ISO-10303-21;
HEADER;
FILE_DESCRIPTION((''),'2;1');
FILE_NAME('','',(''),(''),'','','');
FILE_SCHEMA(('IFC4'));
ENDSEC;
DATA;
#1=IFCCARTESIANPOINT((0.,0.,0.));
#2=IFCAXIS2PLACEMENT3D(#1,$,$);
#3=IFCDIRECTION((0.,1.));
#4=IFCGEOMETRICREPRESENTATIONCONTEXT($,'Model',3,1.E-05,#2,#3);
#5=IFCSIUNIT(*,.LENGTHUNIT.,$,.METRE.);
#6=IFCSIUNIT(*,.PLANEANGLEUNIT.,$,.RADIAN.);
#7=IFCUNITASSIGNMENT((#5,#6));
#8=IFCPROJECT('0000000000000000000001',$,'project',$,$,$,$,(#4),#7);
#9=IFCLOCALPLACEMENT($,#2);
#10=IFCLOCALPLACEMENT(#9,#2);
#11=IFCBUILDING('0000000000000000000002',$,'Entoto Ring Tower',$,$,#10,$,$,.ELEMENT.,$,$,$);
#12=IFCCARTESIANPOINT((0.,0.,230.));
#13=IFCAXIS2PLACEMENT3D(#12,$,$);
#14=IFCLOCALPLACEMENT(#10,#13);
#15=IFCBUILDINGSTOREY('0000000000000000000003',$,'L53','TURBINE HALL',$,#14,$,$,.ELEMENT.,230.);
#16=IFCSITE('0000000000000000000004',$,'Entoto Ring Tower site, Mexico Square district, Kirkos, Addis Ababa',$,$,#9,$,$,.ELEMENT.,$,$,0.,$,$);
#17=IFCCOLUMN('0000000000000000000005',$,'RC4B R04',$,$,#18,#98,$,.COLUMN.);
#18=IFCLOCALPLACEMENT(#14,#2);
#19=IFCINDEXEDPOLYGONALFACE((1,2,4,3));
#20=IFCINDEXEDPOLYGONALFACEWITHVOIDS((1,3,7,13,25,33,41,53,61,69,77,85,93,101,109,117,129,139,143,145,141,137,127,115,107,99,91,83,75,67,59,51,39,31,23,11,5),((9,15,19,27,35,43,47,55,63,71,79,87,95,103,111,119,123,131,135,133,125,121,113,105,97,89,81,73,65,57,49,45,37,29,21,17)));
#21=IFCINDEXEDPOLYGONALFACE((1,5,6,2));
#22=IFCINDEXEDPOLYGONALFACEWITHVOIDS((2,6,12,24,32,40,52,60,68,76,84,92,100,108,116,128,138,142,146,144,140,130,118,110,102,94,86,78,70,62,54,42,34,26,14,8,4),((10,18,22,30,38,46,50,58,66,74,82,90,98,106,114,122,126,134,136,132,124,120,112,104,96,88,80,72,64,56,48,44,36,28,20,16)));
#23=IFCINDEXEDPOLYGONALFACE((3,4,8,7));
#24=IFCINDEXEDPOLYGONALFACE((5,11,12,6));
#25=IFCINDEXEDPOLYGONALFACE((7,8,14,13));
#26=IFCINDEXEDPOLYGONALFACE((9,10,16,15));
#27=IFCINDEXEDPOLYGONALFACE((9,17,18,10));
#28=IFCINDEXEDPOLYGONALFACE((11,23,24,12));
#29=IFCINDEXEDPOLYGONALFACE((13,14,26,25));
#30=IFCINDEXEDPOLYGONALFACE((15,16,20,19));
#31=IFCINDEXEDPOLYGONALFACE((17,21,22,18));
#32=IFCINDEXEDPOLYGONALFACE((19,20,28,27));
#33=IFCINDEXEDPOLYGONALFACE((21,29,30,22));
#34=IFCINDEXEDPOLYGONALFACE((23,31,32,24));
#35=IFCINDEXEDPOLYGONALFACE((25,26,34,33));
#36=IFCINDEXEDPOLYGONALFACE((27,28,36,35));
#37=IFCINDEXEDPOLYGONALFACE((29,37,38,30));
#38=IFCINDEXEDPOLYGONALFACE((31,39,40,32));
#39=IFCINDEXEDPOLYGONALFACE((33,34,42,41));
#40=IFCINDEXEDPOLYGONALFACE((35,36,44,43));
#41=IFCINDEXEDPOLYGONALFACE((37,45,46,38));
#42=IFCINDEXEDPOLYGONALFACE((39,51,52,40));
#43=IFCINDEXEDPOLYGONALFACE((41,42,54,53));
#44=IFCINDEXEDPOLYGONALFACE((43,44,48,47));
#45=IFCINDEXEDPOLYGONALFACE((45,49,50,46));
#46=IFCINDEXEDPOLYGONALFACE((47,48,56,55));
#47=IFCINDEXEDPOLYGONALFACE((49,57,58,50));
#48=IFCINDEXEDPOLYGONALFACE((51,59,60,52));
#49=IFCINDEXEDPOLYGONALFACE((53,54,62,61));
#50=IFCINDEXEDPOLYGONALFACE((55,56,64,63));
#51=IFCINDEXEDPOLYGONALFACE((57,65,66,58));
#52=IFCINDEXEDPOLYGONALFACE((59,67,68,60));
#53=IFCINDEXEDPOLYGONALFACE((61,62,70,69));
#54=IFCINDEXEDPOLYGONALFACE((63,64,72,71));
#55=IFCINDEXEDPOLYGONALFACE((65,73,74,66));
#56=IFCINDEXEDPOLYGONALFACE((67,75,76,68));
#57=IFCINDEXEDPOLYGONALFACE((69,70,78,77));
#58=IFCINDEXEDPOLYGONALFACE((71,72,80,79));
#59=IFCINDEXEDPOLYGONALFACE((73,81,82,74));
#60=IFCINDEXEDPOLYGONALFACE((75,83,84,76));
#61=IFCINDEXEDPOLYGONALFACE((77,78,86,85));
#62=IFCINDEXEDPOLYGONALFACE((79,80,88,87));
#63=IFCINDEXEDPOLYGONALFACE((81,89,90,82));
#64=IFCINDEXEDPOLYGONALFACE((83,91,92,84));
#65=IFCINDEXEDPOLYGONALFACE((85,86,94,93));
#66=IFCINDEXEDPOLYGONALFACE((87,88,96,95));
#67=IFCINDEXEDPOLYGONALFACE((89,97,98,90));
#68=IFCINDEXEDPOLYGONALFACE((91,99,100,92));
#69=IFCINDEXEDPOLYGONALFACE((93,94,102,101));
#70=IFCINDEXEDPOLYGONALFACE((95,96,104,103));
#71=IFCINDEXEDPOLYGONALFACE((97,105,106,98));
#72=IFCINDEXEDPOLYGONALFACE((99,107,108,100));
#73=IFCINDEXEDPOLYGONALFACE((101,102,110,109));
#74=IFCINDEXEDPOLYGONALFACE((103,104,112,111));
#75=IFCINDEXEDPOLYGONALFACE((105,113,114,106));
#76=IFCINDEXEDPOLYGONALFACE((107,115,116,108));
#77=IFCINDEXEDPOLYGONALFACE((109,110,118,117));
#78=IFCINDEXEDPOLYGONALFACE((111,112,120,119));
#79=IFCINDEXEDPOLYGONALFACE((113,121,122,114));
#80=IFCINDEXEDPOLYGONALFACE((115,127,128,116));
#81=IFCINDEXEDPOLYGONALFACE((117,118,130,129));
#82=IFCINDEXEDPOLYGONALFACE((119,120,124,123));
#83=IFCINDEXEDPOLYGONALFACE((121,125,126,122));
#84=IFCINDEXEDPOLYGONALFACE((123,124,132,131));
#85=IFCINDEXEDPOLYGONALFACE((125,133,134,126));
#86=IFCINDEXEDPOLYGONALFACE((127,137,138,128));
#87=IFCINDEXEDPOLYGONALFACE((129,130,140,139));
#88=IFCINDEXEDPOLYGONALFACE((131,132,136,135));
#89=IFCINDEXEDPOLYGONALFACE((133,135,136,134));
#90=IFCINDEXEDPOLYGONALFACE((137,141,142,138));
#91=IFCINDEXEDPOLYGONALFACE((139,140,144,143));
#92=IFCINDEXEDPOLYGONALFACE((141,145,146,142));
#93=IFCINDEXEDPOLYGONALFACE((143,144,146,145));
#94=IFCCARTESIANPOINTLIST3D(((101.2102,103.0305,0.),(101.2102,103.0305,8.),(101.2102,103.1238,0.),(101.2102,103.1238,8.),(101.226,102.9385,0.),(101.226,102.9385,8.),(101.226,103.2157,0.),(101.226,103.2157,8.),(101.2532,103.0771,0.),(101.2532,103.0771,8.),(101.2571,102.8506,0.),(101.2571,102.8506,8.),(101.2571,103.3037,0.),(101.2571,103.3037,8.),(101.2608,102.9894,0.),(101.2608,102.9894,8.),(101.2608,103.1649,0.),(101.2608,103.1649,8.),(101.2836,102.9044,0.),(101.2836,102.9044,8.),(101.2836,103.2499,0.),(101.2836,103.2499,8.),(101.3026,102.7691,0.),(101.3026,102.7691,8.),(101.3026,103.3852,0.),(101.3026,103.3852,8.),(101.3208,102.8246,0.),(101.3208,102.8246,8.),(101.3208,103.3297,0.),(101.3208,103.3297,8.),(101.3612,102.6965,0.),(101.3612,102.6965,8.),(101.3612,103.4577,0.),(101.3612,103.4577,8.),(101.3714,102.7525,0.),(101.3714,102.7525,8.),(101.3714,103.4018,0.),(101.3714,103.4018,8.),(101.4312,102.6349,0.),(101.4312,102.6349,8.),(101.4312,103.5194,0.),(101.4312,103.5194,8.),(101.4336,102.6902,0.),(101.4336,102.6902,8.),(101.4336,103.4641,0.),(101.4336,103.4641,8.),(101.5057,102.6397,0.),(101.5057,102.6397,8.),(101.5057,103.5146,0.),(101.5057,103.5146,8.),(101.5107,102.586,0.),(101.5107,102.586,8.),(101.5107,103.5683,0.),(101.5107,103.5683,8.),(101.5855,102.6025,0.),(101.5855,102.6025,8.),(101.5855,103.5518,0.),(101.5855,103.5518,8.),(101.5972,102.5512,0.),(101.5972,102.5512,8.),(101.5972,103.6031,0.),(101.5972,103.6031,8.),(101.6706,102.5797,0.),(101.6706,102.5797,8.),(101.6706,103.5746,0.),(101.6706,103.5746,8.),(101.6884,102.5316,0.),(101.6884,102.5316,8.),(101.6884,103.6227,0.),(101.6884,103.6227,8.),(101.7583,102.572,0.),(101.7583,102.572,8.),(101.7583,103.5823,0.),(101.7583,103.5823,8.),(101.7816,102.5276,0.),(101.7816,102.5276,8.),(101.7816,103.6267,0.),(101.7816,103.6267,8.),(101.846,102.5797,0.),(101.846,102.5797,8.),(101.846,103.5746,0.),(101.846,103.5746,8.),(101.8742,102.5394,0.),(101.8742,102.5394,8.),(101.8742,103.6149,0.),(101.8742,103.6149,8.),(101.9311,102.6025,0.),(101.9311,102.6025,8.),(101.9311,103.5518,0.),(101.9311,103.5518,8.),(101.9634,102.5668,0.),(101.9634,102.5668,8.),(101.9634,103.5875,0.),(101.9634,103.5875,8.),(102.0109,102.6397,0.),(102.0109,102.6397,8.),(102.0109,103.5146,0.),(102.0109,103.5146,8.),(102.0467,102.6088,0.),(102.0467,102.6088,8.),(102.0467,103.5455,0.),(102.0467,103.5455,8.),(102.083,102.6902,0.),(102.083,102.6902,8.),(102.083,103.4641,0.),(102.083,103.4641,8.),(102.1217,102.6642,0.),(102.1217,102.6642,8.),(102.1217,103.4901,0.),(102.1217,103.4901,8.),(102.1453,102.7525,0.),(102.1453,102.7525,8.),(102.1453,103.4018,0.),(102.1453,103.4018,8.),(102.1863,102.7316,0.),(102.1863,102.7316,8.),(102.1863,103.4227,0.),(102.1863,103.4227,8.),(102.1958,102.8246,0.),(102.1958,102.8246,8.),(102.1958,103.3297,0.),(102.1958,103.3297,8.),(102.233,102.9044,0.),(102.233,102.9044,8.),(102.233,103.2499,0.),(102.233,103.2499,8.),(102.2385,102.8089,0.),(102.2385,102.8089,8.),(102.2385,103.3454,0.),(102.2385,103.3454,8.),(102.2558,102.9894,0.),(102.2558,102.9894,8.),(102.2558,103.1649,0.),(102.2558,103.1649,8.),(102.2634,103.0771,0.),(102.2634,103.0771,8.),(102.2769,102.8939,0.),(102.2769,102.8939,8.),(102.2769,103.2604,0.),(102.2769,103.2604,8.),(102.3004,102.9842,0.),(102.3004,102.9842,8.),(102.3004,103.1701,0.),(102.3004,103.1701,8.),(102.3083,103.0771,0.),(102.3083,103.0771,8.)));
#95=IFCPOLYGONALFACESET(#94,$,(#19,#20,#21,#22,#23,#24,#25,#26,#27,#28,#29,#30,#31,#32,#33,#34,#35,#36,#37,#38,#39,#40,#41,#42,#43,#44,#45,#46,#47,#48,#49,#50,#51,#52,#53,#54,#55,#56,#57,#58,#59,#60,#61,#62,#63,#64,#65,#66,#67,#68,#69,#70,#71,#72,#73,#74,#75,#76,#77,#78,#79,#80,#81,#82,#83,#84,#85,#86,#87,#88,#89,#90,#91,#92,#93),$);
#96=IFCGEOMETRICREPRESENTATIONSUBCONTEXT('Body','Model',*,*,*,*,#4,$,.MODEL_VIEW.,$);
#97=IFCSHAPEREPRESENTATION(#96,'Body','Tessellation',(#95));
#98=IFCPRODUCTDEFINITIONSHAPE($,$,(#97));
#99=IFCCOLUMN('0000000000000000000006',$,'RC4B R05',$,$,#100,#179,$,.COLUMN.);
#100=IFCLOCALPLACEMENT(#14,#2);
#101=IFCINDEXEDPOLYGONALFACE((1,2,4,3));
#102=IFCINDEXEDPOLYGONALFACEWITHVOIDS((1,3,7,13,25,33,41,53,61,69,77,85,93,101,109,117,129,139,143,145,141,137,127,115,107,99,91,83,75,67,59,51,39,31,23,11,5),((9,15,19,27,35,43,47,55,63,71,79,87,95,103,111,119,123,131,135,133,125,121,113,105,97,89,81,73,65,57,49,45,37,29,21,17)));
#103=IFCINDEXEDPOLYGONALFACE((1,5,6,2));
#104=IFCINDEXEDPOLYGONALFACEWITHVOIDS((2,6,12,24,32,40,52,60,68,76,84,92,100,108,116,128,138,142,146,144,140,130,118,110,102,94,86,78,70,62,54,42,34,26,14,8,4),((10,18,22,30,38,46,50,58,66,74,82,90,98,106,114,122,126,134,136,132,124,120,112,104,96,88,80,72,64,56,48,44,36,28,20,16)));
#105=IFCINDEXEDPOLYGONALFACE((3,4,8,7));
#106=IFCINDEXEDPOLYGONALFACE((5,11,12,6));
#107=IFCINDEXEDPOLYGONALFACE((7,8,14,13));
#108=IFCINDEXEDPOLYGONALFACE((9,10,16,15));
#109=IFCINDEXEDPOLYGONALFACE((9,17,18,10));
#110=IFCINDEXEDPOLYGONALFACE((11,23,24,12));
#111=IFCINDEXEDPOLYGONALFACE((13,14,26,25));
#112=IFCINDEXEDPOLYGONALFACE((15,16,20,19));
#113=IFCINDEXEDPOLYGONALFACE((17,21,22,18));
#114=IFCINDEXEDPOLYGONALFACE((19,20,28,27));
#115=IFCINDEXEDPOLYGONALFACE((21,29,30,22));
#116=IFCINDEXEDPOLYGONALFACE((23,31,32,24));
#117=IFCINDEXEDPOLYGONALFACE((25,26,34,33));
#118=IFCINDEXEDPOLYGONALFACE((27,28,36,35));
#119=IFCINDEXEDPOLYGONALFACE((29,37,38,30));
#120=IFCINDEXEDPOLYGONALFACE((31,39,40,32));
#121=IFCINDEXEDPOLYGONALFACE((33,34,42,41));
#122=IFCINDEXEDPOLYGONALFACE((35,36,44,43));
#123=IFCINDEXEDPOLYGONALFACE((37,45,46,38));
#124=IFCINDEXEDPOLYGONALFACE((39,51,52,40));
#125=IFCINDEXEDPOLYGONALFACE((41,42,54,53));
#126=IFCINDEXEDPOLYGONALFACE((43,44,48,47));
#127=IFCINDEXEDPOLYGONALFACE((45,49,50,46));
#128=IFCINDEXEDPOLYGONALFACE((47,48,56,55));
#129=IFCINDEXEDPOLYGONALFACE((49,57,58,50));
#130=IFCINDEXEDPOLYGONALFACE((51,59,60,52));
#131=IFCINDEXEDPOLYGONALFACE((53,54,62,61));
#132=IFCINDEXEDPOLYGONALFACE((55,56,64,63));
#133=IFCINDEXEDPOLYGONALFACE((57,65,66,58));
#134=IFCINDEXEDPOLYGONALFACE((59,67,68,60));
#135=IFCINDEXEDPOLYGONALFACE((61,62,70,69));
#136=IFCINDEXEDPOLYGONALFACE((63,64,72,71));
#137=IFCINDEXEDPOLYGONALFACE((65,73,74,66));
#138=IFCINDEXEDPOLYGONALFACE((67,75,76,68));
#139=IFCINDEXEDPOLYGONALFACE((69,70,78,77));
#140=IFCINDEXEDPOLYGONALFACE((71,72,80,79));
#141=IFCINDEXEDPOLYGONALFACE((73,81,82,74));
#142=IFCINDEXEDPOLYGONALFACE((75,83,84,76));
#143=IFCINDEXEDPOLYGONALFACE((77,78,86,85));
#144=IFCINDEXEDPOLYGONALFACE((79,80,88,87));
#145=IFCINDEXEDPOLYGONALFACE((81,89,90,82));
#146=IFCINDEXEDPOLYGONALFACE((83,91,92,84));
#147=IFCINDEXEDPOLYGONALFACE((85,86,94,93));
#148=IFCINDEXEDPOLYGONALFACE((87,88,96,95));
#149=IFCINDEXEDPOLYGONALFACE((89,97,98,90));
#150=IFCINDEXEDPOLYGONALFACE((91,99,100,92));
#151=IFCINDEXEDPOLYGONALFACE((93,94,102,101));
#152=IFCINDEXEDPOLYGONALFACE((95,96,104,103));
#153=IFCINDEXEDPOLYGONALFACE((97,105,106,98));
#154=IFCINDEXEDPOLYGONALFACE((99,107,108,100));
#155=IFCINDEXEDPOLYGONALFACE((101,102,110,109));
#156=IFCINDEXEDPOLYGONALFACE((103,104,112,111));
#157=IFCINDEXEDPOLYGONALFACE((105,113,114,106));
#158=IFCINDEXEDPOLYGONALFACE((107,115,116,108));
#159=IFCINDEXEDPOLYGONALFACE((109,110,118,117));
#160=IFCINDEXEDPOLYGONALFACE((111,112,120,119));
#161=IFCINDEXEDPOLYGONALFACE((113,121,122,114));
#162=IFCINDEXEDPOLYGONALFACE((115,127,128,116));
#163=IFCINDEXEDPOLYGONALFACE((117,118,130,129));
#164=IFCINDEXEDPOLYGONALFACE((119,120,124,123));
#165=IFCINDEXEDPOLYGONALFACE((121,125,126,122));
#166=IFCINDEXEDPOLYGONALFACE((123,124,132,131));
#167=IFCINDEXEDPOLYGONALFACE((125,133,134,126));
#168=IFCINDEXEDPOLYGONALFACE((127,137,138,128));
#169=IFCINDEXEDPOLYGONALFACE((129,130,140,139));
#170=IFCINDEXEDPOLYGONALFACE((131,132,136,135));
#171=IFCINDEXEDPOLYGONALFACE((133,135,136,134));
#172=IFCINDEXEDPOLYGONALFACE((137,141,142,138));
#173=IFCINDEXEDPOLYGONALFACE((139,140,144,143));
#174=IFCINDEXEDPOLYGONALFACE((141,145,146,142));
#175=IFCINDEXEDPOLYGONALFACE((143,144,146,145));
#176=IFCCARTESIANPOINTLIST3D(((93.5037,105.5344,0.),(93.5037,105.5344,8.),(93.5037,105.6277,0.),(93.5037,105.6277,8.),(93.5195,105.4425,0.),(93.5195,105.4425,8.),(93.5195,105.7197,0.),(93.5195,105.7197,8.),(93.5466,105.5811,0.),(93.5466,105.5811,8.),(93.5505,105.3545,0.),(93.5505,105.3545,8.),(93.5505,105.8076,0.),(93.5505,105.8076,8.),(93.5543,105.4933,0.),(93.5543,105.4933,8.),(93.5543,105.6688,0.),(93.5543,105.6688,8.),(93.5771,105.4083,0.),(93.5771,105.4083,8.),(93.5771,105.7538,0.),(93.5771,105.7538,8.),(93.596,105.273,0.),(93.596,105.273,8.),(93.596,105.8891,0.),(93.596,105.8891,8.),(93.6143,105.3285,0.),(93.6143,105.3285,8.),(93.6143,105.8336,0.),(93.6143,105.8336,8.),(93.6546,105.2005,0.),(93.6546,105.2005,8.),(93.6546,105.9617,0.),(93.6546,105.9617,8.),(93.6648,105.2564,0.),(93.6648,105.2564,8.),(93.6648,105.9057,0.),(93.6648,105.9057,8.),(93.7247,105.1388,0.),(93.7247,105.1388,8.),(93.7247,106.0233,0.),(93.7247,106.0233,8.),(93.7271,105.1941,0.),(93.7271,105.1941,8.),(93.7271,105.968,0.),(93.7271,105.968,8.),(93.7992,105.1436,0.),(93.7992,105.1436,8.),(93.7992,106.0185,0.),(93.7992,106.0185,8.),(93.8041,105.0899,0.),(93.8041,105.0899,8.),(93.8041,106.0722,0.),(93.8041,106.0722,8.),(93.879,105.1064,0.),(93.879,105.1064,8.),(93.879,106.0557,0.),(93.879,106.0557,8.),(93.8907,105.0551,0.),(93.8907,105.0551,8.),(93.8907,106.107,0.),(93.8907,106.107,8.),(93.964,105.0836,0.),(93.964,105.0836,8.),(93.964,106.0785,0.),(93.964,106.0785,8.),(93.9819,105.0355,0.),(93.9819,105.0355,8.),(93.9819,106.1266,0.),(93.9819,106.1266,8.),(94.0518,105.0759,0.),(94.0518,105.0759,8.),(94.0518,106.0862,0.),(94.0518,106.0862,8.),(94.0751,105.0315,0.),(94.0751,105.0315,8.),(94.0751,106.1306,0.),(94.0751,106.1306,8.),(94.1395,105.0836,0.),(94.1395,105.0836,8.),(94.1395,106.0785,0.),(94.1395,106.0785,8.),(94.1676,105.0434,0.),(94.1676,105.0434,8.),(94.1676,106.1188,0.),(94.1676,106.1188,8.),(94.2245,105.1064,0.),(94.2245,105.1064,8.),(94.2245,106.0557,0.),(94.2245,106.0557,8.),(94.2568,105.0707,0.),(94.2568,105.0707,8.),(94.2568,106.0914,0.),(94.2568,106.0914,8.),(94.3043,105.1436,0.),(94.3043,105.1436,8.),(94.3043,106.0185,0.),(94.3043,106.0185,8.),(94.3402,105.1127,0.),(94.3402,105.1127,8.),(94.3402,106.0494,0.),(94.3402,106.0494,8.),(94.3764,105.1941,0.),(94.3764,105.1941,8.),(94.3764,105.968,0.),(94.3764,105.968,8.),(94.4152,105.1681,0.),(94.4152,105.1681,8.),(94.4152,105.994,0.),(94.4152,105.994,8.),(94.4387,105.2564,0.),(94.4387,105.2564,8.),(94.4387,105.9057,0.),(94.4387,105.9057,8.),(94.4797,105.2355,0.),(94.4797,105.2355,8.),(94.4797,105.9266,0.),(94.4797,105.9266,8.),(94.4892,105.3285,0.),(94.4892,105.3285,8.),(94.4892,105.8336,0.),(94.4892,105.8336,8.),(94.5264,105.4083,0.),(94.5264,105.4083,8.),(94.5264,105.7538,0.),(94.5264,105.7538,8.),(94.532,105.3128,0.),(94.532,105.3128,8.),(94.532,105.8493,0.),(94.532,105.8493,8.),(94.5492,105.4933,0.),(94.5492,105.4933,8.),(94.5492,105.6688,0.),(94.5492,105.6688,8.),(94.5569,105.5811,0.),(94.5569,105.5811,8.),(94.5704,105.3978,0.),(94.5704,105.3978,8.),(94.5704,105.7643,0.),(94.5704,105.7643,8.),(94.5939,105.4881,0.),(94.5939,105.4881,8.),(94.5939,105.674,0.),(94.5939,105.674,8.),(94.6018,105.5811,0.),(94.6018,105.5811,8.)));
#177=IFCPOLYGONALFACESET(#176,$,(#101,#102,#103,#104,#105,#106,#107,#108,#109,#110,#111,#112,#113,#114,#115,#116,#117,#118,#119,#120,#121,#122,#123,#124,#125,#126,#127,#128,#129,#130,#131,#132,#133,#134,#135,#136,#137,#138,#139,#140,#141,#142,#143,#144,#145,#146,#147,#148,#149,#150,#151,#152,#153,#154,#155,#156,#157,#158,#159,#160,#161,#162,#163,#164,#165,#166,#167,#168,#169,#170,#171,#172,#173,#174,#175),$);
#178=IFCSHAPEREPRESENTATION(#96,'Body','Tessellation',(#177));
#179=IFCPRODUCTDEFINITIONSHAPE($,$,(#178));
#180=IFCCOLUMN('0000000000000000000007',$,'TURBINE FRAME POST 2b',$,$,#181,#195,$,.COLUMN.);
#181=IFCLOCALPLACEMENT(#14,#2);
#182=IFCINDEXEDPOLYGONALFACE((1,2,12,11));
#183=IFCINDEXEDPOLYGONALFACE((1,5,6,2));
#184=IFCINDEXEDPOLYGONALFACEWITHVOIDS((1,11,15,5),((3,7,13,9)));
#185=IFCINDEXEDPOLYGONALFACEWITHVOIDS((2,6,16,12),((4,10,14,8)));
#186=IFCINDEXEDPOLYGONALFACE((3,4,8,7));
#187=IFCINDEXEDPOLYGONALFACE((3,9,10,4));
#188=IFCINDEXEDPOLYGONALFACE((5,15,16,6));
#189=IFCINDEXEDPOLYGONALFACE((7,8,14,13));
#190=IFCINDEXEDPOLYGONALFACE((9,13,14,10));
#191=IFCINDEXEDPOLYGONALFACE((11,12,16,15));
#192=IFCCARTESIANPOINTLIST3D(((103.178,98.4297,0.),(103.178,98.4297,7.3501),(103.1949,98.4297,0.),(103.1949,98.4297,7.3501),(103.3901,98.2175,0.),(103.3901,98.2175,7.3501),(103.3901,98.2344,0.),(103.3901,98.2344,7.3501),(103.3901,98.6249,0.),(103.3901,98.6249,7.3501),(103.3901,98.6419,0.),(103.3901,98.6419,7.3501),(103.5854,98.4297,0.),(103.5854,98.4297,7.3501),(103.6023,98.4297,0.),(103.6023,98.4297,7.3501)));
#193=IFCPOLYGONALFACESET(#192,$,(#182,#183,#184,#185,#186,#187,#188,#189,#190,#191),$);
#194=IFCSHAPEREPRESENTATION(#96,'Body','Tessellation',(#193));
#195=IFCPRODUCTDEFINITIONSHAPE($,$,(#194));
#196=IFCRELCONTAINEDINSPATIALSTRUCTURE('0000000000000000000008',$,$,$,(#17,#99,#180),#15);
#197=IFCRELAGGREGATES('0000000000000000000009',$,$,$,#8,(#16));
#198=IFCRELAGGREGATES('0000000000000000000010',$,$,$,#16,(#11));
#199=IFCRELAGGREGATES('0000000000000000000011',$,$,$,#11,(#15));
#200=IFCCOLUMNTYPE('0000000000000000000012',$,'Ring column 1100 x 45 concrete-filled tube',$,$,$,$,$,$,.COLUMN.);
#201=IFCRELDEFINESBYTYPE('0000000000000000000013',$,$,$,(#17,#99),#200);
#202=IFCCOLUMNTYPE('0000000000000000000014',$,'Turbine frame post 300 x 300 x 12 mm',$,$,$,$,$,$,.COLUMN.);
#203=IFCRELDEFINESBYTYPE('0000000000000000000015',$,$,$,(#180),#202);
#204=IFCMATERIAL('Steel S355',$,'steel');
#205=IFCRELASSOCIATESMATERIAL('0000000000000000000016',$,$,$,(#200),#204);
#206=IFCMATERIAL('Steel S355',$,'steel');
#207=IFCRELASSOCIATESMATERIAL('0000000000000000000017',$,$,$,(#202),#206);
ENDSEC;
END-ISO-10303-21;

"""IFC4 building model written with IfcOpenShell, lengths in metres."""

from ifc_helpers import new_model, si_unit, direction, frame, origin, origin_2d, place, context, subcontext, project, spatial, hollow_rectangle, circle, hollow_circle, extrude, material, material_profile, profile_set, type_object, element, save


model = new_model("IFC4")

# Units and contexts
model_context = context("Model", 3, precision=1e-05, world=origin(), true_north=direction((0.0, 1.0)))
body_context = subcontext(model_context, "Body", "Model", "MODEL_VIEW")
ifc_project = project(units=[si_unit("LENGTHUNIT", "METRE"), si_unit("PLANEANGLEUNIT", "RADIAN")], contexts=[model_context])

# Site, building, storey
site_placement = place(None, origin())
site = spatial("IfcSite", under=ifc_project, at=site_placement, Name="Entoto Ring Tower site, Mexico Square district, Kirkos, Addis Ababa", CompositionType="ELEMENT", RefElevation=0.0)
building_placement = place(site_placement, origin())
building = spatial("IfcBuilding", under=site, at=building_placement, Name="Entoto Ring Tower", CompositionType="ELEMENT")
storey_placement = place(building_placement, frame((0.0, 0.0, 230.0)))
storey = spatial("IfcBuildingStorey", under=building, at=storey_placement, Name="L53", Description="TURBINE HALL", CompositionType="ELEMENT", Elevation=230.0)

# Columns
ifc_material_1 = material(Name="Steel S355", Category="steel")
ifc_material_profile_1 = material_profile(ifc_material_1, hollow_circle(Radius=0.55, WallThickness=0.0449, at=origin_2d()), Name="CHS 1100 x 45")
ifc_material_2 = material(Name="Concrete C60/75", Category="concrete")
ifc_material_profile_2 = material_profile(ifc_material_2, circle(Radius=0.5049, at=origin_2d()), Name="Concrete C60/75 infill")
ifc_profile_set_1 = profile_set([ifc_material_profile_1, ifc_material_profile_2], Name="Steel S355")
column_type_1 = type_object("IfcColumnType", Name="Ring column 1100 x 45 concrete-filled tube", PredefinedType="COLUMN", material=ifc_profile_set_1)
for number, where, z_axis, x_axis, name in (
    (1, (101.7583, 103.0771, 0.0), (0.0, 0.0, 1.0), (1.0, 0.0, 0.0), "RC4B R04"),
    (2, (94.0518, 105.5811, 0.0), (0.0, 0.0, 1.0), (1.0, 0.0, 0.0), "RC4B R05"),
):
    element("IfcColumn", number, at=place(storey_placement, frame(where, z_axis=z_axis, x_axis=x_axis)), inside=storey, type_object=column_type_1, Name=name, PredefinedType="COLUMN", context=body_context, shape_type="SweptSolid", body=[
        extrude(hollow_circle(Radius=0.55, WallThickness=0.0449, at=origin_2d()), origin(), (0.0, 0.0, 1.0), 8.0),
    ])
ifc_material_3 = material(Name="Steel S355", Category="steel")
ifc_material_profile_3 = material_profile(ifc_material_3, hollow_rectangle(XDim=0.3, YDim=0.3, WallThickness=0.012, at=origin_2d()), Name="Turbine frame post 300 x 300 x 12 mm")
ifc_profile_set_2 = profile_set([ifc_material_profile_3], Name="Steel S355")
column_type_2 = type_object("IfcColumnType", Name="Turbine frame post 300 x 300 x 12 mm", PredefinedType="COLUMN", material=ifc_profile_set_2)
column_placement = place(storey_placement, frame((103.3901, 98.4297, 0.0), z_axis=(0.0, 0.0, 1.0), x_axis=(-0.707107, 0.707107, 0.0)))
element("IfcColumn", 3, at=column_placement, inside=storey, type_object=column_type_2, Name="TURBINE FRAME POST 2b", PredefinedType="COLUMN", context=body_context, shape_type="SweptSolid", body=[
    extrude(hollow_rectangle(XDim=0.3, YDim=0.3, WallThickness=0.012, at=origin_2d()), origin(), (0.0, 0.0, 1.0), 7.3501),
])

save(model, "model.ifc")
